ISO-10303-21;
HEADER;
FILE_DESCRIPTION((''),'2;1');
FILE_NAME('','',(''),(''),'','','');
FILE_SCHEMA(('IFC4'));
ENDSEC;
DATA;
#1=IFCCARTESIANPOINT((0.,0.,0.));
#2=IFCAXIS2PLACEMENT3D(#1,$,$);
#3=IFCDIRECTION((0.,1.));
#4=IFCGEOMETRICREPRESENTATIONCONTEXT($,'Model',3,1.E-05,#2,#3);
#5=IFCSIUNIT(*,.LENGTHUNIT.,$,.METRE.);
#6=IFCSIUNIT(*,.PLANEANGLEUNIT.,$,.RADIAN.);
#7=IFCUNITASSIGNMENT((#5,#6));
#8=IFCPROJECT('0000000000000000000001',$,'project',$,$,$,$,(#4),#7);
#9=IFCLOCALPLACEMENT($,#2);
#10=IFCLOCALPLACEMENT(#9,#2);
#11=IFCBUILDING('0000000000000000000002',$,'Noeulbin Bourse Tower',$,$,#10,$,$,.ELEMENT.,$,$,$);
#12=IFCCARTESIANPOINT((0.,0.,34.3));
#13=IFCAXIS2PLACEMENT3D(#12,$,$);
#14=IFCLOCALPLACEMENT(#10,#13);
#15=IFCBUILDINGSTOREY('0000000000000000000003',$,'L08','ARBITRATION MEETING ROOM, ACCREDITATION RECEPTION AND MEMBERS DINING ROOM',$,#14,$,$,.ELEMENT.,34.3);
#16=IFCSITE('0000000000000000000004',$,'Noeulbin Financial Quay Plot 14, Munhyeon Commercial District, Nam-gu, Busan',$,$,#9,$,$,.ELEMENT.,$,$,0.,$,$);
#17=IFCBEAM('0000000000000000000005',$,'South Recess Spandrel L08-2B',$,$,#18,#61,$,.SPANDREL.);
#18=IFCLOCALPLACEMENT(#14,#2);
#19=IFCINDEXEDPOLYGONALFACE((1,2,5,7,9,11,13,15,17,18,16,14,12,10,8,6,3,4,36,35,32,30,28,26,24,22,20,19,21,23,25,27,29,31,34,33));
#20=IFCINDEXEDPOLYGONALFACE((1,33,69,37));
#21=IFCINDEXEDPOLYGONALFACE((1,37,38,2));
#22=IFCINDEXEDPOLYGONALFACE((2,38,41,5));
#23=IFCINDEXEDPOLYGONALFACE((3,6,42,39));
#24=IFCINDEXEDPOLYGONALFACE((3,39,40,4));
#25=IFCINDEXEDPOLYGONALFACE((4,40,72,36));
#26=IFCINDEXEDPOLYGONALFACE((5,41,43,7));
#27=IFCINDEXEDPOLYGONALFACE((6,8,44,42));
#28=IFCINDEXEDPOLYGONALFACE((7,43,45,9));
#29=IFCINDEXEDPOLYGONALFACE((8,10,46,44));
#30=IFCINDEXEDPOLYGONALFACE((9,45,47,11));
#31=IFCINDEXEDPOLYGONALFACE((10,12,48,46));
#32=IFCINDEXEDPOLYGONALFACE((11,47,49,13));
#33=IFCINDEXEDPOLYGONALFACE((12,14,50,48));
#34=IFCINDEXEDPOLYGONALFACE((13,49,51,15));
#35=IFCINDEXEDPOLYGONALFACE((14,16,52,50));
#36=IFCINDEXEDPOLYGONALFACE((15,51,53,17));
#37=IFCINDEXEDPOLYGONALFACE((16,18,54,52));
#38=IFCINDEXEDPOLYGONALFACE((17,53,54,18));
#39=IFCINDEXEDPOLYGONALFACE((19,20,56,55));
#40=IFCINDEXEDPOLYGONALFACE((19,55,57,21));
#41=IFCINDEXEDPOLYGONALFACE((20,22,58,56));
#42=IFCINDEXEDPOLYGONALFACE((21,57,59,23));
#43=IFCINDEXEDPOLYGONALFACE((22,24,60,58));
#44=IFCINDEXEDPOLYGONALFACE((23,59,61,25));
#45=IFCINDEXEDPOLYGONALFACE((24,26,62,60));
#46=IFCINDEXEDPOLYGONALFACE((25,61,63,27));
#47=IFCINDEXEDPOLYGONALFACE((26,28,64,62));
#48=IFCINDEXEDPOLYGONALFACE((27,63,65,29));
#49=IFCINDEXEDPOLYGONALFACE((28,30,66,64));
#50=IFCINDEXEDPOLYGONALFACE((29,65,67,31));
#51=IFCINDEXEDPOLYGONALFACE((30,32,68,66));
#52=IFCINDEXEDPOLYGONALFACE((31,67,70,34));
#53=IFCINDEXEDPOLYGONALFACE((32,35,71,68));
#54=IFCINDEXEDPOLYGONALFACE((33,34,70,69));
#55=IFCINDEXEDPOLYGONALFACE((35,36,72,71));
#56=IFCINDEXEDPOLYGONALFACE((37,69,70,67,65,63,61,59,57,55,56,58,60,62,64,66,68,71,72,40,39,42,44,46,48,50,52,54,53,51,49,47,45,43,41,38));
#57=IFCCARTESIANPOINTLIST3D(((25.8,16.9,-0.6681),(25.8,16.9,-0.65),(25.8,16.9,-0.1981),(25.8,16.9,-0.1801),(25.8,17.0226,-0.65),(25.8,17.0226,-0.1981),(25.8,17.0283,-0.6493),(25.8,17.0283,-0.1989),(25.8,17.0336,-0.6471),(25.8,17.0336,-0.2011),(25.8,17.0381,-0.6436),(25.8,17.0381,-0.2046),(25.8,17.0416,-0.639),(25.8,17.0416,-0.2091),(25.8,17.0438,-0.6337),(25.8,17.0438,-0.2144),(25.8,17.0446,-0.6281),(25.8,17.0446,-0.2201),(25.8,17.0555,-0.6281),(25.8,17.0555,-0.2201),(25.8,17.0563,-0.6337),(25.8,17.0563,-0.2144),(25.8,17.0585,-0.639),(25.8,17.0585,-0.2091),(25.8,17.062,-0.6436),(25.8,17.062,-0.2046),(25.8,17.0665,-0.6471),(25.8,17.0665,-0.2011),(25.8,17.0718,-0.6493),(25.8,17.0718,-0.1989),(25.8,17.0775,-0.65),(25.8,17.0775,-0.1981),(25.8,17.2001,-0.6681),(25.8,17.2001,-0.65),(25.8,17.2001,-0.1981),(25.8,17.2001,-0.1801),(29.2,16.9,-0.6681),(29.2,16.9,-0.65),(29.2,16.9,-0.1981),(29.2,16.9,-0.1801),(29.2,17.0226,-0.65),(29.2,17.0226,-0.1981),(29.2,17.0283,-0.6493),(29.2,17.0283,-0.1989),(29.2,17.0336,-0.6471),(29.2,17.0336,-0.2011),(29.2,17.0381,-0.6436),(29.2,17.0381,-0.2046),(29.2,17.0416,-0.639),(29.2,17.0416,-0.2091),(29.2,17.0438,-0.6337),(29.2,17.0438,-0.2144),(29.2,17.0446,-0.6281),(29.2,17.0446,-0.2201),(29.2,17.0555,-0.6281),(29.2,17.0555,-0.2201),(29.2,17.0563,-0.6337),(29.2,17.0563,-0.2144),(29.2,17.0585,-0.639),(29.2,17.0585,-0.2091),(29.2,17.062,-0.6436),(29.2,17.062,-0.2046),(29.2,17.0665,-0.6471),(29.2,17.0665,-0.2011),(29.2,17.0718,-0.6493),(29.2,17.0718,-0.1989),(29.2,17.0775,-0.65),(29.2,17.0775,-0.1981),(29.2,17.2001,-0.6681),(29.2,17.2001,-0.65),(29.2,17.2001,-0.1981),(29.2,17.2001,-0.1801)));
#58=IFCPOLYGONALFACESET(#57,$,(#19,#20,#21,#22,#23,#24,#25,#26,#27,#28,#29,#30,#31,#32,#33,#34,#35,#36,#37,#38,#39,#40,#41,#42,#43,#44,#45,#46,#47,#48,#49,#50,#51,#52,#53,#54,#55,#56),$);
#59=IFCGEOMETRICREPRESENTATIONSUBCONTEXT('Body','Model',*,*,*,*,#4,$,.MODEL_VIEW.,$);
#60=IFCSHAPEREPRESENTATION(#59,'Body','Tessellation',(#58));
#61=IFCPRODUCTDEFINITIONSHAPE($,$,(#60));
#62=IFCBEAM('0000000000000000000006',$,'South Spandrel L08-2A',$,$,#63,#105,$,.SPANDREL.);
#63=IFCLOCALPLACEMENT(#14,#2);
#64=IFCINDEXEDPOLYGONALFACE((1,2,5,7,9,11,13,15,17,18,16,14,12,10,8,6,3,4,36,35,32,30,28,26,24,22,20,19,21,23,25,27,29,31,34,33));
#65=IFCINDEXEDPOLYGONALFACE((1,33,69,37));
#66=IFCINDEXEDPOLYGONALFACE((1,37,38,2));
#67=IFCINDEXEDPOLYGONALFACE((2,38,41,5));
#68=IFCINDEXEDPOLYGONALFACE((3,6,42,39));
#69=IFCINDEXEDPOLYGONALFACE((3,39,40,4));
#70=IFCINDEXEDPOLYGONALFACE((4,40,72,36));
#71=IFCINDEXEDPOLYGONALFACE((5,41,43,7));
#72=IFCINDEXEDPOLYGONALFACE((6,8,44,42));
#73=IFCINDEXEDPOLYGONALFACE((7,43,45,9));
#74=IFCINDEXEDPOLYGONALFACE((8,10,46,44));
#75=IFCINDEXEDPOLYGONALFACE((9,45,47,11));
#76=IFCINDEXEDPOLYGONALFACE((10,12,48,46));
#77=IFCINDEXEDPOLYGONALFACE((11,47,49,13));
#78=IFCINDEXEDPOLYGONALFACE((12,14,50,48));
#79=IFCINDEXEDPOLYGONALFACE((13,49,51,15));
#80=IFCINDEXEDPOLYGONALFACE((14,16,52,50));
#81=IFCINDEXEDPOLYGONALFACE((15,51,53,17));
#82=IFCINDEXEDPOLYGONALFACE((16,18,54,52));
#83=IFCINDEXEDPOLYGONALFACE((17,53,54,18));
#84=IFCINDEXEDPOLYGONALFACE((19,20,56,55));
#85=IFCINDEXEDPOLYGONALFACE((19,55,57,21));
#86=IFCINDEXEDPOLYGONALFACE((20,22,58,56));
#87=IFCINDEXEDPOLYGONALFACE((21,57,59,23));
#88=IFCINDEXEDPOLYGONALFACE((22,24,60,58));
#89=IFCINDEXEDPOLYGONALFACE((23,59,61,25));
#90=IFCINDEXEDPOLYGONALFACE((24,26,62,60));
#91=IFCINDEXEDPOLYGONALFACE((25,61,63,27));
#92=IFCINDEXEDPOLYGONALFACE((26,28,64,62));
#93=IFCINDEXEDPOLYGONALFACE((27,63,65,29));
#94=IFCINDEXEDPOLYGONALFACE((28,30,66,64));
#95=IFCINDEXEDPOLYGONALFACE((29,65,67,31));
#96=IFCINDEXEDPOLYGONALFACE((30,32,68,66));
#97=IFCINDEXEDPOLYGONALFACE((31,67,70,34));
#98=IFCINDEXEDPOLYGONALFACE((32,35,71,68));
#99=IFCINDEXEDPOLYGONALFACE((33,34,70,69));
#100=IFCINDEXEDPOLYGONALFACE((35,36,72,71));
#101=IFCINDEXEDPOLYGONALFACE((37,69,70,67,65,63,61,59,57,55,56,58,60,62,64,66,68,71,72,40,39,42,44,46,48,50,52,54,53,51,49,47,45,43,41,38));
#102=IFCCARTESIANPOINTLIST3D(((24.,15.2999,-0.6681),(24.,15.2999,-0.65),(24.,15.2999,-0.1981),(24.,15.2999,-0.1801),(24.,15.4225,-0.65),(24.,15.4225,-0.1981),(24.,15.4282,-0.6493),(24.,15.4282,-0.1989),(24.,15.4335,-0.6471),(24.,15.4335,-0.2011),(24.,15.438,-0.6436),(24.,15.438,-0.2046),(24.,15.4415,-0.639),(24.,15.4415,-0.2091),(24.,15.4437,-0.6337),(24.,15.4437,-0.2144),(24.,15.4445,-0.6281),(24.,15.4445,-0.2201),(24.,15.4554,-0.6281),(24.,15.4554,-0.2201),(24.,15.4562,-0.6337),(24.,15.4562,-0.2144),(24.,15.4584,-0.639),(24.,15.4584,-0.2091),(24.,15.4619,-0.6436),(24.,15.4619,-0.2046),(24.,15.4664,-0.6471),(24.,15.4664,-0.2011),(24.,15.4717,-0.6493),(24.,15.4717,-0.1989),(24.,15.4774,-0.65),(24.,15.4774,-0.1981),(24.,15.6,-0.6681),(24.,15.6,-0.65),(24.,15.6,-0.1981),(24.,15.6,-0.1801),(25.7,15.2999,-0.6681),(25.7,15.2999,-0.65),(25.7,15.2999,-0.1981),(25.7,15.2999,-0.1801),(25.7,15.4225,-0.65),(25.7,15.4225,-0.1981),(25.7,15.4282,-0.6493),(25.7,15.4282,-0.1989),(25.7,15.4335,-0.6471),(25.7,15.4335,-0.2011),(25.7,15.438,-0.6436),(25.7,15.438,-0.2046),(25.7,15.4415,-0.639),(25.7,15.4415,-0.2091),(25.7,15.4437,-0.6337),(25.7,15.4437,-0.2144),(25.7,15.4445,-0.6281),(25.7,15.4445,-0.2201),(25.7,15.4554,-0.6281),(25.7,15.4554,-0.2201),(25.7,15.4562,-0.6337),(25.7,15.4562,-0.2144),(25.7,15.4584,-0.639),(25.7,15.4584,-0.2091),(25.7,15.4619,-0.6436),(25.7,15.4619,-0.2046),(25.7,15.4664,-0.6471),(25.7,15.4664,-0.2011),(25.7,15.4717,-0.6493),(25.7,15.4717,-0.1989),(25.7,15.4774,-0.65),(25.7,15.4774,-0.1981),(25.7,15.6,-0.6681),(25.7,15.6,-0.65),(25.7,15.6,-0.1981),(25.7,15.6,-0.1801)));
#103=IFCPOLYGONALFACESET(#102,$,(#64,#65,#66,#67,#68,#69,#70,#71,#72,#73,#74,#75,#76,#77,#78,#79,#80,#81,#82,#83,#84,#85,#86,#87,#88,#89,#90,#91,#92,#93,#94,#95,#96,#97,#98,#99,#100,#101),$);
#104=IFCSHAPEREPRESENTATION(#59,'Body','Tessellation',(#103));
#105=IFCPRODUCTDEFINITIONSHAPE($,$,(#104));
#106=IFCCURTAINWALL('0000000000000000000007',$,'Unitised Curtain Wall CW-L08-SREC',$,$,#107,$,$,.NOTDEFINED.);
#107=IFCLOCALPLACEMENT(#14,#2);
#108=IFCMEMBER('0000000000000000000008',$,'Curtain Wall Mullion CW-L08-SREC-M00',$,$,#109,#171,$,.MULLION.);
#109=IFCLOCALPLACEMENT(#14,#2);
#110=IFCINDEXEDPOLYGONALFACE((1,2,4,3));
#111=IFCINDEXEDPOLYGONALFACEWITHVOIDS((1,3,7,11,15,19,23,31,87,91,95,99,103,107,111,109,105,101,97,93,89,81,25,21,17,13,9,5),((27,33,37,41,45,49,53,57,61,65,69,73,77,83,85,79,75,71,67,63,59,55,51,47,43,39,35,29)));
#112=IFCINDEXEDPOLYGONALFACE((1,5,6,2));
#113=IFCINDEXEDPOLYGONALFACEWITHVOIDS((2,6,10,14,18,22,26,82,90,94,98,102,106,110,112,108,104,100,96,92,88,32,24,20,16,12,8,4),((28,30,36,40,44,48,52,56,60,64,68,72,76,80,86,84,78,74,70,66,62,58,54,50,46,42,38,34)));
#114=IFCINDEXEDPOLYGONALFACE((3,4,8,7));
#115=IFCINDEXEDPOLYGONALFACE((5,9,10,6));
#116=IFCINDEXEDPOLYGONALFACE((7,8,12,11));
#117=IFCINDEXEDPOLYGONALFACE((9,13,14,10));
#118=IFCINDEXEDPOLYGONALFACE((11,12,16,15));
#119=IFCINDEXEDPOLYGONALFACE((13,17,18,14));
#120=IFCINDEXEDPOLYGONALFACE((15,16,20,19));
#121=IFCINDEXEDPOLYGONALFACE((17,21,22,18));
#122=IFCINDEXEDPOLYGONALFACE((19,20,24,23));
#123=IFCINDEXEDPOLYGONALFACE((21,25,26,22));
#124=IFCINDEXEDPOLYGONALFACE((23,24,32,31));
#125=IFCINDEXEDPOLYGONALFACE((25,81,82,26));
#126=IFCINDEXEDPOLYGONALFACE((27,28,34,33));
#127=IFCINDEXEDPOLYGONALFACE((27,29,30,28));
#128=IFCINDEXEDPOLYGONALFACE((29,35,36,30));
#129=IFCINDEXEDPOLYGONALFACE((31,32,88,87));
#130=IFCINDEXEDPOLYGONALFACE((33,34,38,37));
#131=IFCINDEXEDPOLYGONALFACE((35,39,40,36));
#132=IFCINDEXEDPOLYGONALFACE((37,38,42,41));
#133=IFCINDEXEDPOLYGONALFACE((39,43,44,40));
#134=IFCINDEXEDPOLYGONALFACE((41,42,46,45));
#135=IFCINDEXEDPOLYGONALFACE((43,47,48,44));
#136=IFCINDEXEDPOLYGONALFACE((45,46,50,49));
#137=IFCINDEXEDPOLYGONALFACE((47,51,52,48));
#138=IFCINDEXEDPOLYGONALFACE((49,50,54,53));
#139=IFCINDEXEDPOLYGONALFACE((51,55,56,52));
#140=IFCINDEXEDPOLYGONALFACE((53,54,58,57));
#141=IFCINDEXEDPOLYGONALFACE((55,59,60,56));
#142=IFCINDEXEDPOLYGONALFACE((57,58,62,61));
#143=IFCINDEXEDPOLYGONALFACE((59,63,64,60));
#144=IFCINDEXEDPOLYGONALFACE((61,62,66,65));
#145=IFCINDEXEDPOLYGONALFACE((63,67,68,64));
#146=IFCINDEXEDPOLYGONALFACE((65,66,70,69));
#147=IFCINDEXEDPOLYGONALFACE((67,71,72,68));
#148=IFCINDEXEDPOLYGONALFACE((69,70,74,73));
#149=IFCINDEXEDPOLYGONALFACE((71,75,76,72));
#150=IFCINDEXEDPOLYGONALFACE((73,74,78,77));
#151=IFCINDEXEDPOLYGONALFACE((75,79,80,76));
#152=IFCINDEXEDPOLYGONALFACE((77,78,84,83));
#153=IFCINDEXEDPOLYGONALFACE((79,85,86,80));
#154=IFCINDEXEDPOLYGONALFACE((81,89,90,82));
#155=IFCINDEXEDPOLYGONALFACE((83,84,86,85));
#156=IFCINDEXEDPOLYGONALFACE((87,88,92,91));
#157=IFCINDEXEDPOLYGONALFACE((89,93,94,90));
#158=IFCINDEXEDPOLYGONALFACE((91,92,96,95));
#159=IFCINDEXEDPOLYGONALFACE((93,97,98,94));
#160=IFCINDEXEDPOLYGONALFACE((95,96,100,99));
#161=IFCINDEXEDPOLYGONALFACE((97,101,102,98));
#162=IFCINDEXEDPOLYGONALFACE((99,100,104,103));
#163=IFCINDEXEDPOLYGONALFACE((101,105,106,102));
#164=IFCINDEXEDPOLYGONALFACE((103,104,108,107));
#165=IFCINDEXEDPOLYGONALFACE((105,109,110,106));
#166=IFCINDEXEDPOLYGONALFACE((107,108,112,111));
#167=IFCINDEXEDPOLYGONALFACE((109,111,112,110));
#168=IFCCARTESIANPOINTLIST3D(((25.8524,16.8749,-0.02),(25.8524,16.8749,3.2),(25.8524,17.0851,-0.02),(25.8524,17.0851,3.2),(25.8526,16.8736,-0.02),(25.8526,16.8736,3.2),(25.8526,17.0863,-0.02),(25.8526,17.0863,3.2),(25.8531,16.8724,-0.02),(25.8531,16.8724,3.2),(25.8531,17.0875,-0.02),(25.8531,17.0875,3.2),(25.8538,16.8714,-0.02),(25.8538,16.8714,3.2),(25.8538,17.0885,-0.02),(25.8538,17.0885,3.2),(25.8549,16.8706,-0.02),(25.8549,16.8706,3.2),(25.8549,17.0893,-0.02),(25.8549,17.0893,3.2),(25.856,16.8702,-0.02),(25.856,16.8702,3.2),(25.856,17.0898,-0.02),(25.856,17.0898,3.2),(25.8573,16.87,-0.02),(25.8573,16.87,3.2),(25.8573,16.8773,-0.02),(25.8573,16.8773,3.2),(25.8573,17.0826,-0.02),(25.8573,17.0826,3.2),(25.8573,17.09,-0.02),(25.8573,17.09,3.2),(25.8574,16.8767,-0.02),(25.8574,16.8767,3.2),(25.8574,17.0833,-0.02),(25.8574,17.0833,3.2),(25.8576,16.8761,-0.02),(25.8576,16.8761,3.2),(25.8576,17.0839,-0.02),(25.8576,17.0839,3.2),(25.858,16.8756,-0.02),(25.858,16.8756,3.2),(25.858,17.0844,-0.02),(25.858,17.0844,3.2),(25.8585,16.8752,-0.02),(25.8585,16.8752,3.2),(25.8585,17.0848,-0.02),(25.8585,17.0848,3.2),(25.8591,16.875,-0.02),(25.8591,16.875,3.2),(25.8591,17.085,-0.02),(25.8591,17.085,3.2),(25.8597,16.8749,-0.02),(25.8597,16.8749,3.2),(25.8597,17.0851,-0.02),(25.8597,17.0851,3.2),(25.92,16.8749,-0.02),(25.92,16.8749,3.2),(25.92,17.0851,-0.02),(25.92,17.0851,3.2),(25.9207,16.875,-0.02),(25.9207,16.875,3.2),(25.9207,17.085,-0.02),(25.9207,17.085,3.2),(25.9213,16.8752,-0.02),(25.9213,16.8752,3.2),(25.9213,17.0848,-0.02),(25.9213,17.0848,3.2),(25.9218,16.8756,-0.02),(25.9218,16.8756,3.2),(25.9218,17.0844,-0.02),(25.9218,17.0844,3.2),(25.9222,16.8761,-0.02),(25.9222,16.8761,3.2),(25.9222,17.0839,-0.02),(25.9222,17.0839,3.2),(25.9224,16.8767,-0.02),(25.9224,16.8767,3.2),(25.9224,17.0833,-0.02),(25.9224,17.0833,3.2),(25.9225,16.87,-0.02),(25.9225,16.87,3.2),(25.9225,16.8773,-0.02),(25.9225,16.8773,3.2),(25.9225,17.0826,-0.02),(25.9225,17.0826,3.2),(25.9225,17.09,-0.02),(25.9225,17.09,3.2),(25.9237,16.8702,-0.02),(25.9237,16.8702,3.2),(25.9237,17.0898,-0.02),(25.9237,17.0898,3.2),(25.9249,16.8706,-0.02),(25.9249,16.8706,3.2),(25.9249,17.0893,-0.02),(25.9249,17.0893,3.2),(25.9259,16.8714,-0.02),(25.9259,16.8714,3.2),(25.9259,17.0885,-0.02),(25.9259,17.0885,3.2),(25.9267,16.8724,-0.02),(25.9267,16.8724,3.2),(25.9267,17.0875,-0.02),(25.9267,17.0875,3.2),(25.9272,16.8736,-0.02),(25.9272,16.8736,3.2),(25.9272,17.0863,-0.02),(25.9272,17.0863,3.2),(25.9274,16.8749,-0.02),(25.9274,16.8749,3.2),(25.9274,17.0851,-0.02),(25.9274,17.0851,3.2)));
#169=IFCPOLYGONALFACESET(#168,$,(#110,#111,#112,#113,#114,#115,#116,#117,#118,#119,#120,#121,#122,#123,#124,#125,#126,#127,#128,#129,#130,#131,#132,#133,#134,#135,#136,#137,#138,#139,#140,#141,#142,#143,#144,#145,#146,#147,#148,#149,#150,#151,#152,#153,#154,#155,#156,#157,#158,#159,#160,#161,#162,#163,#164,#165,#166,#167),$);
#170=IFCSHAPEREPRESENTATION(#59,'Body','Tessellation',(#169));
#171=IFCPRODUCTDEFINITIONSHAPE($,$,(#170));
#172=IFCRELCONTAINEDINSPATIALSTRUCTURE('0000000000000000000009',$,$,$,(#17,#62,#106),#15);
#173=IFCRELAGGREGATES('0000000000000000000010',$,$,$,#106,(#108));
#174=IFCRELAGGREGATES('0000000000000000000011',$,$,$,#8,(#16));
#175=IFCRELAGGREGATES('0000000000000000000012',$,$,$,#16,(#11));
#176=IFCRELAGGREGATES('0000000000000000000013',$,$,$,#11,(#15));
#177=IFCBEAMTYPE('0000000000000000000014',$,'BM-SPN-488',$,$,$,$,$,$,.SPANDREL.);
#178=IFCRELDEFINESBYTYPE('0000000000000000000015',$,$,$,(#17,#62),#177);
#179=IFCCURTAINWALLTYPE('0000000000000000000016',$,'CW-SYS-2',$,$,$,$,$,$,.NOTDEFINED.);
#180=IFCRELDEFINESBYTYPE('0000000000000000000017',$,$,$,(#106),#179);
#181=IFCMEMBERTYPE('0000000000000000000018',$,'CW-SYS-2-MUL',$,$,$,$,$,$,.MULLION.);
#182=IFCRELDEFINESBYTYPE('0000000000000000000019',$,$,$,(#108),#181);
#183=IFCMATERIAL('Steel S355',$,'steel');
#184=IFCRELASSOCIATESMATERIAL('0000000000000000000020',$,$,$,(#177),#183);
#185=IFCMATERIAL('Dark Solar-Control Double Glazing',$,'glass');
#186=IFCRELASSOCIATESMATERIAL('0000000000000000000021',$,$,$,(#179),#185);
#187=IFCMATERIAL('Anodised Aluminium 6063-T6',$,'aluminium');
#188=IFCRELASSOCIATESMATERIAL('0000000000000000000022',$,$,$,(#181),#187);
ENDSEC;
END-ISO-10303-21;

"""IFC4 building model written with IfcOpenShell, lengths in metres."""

from ifc_helpers import new_model, si_unit, direction, frame, origin, origin_2d, place, context, subcontext, project, spatial, hollow_rectangle, i_section, extrude, material, material_profile, profile_set, type_object, element, aggregate, save


model = new_model("IFC4")

# Units and contexts
model_context = context("Model", 3, precision=1e-05, world=origin(), true_north=direction((0.0, 1.0)))
body_context = subcontext(model_context, "Body", "Model", "MODEL_VIEW")
ifc_project = project(units=[si_unit("LENGTHUNIT", "METRE"), si_unit("PLANEANGLEUNIT", "RADIAN")], contexts=[model_context])

# Site, building, storey
site_placement = place(None, origin())
site = spatial("IfcSite", under=ifc_project, at=site_placement, Name="Noeulbin Financial Quay Plot 14, Munhyeon Commercial District, Nam-gu, Busan", CompositionType="ELEMENT", RefElevation=0.0)
building_placement = place(site_placement, origin())
building = spatial("IfcBuilding", under=site, at=building_placement, Name="Noeulbin Bourse Tower", CompositionType="ELEMENT")
storey_placement = place(building_placement, frame((0.0, 0.0, 34.3)))
storey = spatial("IfcBuildingStorey", under=building, at=storey_placement, Name="L08", Description="ARBITRATION MEETING ROOM, ACCREDITATION RECEPTION AND MEMBERS DINING ROOM", CompositionType="ELEMENT", Elevation=34.3)

# Beams
ifc_material_1 = material(Name="Steel S355", Category="steel")
ifc_material_profile_1 = material_profile(ifc_material_1, i_section(OverallWidth=0.3, OverallDepth=0.488, WebThickness=0.011, FlangeThickness=0.0181, FilletRadius=0.022, at=origin_2d()), Name="H-488x300x11x18", Category="LoadBearing")
ifc_profile_set_1 = profile_set([ifc_material_profile_1], Name="Steel S355")
beam_type_1 = type_object("IfcBeamType", Name="BM-SPN-488", PredefinedType="SPANDREL", material=ifc_profile_set_1)
beam_1_placement = place(storey_placement, frame((25.8, 17.05, -0.4241), z_axis=(1.0, 0.0, 0.0), x_axis=(0.0, 1.0, 0.0)))
element("IfcBeam", 1, at=beam_1_placement, inside=storey, type_object=beam_type_1, Name="South Recess Spandrel L08-2B", PredefinedType="SPANDREL", context=body_context, shape_type="SweptSolid", body=[
    extrude(i_section(OverallWidth=0.3, OverallDepth=0.488, WebThickness=0.011, FlangeThickness=0.0181, FilletRadius=0.022, at=origin_2d()), origin(), (0.0, 0.0, 1.0), 3.3999),
])
beam_2_placement = place(storey_placement, frame((24.0, 15.45, -0.4241), z_axis=(1.0, 0.0, 0.0), x_axis=(0.0, 1.0, 0.0)))
element("IfcBeam", 2, at=beam_2_placement, inside=storey, type_object=beam_type_1, Name="South Spandrel L08-2A", PredefinedType="SPANDREL", context=body_context, shape_type="SweptSolid", body=[
    extrude(i_section(OverallWidth=0.3, OverallDepth=0.488, WebThickness=0.011, FlangeThickness=0.0181, FilletRadius=0.022, at=origin_2d()), origin(), (0.0, 0.0, 1.0), 1.7),
])

# Curtain wall, member
ifc_material_2 = material(Name="Dark Solar-Control Double Glazing", Category="glass")
curtain_wall_type = type_object("IfcCurtainWallType", Name="CW-SYS-2", PredefinedType="NOTDEFINED", material=ifc_material_2)
curtain_wall_1_placement = place(storey_placement, origin())
curtain_wall_1 = element("IfcCurtainWall", 3, at=curtain_wall_1_placement, inside=storey, type_object=curtain_wall_type, Name="Unitised Curtain Wall CW-L08-SREC", PredefinedType="NOTDEFINED")
ifc_material_3 = material(Name="Anodised Aluminium 6063-T6", Category="aluminium")
ifc_material_profile_2 = material_profile(ifc_material_3, hollow_rectangle(XDim=0.075, YDim=0.22, WallThickness=0.0049, InnerFilletRadius=0.0024, OuterFilletRadius=0.0049, at=origin_2d()), Name="ALU-MULL-75x220x5", Category="LoadBearing")
ifc_profile_set_2 = profile_set([ifc_material_profile_2], Name="Anodised Aluminium 6063-T6")
member_type_1 = type_object("IfcMemberType", Name="CW-SYS-2-MUL", PredefinedType="MULLION", material=ifc_profile_set_2)
member_1_placement = place(storey_placement, frame((25.8899, 16.98, -0.02), z_axis=(0.0, 0.0, 1.0), x_axis=(1.0, 0.0, 0.0)))
member_1 = element("IfcMember", 4, at=member_1_placement, type_object=member_type_1, Name="Curtain Wall Mullion CW-L08-SREC-M00", PredefinedType="MULLION", context=body_context, shape_type="SweptSolid", body=[
    extrude(hollow_rectangle(XDim=0.075, YDim=0.22, WallThickness=0.0049, InnerFilletRadius=0.0024, OuterFilletRadius=0.0049, at=origin_2d()), origin(), (0.0, 0.0, 1.0), 3.22),
])

aggregate(curtain_wall_1, [member_1])

save(model, "model.ifc")
